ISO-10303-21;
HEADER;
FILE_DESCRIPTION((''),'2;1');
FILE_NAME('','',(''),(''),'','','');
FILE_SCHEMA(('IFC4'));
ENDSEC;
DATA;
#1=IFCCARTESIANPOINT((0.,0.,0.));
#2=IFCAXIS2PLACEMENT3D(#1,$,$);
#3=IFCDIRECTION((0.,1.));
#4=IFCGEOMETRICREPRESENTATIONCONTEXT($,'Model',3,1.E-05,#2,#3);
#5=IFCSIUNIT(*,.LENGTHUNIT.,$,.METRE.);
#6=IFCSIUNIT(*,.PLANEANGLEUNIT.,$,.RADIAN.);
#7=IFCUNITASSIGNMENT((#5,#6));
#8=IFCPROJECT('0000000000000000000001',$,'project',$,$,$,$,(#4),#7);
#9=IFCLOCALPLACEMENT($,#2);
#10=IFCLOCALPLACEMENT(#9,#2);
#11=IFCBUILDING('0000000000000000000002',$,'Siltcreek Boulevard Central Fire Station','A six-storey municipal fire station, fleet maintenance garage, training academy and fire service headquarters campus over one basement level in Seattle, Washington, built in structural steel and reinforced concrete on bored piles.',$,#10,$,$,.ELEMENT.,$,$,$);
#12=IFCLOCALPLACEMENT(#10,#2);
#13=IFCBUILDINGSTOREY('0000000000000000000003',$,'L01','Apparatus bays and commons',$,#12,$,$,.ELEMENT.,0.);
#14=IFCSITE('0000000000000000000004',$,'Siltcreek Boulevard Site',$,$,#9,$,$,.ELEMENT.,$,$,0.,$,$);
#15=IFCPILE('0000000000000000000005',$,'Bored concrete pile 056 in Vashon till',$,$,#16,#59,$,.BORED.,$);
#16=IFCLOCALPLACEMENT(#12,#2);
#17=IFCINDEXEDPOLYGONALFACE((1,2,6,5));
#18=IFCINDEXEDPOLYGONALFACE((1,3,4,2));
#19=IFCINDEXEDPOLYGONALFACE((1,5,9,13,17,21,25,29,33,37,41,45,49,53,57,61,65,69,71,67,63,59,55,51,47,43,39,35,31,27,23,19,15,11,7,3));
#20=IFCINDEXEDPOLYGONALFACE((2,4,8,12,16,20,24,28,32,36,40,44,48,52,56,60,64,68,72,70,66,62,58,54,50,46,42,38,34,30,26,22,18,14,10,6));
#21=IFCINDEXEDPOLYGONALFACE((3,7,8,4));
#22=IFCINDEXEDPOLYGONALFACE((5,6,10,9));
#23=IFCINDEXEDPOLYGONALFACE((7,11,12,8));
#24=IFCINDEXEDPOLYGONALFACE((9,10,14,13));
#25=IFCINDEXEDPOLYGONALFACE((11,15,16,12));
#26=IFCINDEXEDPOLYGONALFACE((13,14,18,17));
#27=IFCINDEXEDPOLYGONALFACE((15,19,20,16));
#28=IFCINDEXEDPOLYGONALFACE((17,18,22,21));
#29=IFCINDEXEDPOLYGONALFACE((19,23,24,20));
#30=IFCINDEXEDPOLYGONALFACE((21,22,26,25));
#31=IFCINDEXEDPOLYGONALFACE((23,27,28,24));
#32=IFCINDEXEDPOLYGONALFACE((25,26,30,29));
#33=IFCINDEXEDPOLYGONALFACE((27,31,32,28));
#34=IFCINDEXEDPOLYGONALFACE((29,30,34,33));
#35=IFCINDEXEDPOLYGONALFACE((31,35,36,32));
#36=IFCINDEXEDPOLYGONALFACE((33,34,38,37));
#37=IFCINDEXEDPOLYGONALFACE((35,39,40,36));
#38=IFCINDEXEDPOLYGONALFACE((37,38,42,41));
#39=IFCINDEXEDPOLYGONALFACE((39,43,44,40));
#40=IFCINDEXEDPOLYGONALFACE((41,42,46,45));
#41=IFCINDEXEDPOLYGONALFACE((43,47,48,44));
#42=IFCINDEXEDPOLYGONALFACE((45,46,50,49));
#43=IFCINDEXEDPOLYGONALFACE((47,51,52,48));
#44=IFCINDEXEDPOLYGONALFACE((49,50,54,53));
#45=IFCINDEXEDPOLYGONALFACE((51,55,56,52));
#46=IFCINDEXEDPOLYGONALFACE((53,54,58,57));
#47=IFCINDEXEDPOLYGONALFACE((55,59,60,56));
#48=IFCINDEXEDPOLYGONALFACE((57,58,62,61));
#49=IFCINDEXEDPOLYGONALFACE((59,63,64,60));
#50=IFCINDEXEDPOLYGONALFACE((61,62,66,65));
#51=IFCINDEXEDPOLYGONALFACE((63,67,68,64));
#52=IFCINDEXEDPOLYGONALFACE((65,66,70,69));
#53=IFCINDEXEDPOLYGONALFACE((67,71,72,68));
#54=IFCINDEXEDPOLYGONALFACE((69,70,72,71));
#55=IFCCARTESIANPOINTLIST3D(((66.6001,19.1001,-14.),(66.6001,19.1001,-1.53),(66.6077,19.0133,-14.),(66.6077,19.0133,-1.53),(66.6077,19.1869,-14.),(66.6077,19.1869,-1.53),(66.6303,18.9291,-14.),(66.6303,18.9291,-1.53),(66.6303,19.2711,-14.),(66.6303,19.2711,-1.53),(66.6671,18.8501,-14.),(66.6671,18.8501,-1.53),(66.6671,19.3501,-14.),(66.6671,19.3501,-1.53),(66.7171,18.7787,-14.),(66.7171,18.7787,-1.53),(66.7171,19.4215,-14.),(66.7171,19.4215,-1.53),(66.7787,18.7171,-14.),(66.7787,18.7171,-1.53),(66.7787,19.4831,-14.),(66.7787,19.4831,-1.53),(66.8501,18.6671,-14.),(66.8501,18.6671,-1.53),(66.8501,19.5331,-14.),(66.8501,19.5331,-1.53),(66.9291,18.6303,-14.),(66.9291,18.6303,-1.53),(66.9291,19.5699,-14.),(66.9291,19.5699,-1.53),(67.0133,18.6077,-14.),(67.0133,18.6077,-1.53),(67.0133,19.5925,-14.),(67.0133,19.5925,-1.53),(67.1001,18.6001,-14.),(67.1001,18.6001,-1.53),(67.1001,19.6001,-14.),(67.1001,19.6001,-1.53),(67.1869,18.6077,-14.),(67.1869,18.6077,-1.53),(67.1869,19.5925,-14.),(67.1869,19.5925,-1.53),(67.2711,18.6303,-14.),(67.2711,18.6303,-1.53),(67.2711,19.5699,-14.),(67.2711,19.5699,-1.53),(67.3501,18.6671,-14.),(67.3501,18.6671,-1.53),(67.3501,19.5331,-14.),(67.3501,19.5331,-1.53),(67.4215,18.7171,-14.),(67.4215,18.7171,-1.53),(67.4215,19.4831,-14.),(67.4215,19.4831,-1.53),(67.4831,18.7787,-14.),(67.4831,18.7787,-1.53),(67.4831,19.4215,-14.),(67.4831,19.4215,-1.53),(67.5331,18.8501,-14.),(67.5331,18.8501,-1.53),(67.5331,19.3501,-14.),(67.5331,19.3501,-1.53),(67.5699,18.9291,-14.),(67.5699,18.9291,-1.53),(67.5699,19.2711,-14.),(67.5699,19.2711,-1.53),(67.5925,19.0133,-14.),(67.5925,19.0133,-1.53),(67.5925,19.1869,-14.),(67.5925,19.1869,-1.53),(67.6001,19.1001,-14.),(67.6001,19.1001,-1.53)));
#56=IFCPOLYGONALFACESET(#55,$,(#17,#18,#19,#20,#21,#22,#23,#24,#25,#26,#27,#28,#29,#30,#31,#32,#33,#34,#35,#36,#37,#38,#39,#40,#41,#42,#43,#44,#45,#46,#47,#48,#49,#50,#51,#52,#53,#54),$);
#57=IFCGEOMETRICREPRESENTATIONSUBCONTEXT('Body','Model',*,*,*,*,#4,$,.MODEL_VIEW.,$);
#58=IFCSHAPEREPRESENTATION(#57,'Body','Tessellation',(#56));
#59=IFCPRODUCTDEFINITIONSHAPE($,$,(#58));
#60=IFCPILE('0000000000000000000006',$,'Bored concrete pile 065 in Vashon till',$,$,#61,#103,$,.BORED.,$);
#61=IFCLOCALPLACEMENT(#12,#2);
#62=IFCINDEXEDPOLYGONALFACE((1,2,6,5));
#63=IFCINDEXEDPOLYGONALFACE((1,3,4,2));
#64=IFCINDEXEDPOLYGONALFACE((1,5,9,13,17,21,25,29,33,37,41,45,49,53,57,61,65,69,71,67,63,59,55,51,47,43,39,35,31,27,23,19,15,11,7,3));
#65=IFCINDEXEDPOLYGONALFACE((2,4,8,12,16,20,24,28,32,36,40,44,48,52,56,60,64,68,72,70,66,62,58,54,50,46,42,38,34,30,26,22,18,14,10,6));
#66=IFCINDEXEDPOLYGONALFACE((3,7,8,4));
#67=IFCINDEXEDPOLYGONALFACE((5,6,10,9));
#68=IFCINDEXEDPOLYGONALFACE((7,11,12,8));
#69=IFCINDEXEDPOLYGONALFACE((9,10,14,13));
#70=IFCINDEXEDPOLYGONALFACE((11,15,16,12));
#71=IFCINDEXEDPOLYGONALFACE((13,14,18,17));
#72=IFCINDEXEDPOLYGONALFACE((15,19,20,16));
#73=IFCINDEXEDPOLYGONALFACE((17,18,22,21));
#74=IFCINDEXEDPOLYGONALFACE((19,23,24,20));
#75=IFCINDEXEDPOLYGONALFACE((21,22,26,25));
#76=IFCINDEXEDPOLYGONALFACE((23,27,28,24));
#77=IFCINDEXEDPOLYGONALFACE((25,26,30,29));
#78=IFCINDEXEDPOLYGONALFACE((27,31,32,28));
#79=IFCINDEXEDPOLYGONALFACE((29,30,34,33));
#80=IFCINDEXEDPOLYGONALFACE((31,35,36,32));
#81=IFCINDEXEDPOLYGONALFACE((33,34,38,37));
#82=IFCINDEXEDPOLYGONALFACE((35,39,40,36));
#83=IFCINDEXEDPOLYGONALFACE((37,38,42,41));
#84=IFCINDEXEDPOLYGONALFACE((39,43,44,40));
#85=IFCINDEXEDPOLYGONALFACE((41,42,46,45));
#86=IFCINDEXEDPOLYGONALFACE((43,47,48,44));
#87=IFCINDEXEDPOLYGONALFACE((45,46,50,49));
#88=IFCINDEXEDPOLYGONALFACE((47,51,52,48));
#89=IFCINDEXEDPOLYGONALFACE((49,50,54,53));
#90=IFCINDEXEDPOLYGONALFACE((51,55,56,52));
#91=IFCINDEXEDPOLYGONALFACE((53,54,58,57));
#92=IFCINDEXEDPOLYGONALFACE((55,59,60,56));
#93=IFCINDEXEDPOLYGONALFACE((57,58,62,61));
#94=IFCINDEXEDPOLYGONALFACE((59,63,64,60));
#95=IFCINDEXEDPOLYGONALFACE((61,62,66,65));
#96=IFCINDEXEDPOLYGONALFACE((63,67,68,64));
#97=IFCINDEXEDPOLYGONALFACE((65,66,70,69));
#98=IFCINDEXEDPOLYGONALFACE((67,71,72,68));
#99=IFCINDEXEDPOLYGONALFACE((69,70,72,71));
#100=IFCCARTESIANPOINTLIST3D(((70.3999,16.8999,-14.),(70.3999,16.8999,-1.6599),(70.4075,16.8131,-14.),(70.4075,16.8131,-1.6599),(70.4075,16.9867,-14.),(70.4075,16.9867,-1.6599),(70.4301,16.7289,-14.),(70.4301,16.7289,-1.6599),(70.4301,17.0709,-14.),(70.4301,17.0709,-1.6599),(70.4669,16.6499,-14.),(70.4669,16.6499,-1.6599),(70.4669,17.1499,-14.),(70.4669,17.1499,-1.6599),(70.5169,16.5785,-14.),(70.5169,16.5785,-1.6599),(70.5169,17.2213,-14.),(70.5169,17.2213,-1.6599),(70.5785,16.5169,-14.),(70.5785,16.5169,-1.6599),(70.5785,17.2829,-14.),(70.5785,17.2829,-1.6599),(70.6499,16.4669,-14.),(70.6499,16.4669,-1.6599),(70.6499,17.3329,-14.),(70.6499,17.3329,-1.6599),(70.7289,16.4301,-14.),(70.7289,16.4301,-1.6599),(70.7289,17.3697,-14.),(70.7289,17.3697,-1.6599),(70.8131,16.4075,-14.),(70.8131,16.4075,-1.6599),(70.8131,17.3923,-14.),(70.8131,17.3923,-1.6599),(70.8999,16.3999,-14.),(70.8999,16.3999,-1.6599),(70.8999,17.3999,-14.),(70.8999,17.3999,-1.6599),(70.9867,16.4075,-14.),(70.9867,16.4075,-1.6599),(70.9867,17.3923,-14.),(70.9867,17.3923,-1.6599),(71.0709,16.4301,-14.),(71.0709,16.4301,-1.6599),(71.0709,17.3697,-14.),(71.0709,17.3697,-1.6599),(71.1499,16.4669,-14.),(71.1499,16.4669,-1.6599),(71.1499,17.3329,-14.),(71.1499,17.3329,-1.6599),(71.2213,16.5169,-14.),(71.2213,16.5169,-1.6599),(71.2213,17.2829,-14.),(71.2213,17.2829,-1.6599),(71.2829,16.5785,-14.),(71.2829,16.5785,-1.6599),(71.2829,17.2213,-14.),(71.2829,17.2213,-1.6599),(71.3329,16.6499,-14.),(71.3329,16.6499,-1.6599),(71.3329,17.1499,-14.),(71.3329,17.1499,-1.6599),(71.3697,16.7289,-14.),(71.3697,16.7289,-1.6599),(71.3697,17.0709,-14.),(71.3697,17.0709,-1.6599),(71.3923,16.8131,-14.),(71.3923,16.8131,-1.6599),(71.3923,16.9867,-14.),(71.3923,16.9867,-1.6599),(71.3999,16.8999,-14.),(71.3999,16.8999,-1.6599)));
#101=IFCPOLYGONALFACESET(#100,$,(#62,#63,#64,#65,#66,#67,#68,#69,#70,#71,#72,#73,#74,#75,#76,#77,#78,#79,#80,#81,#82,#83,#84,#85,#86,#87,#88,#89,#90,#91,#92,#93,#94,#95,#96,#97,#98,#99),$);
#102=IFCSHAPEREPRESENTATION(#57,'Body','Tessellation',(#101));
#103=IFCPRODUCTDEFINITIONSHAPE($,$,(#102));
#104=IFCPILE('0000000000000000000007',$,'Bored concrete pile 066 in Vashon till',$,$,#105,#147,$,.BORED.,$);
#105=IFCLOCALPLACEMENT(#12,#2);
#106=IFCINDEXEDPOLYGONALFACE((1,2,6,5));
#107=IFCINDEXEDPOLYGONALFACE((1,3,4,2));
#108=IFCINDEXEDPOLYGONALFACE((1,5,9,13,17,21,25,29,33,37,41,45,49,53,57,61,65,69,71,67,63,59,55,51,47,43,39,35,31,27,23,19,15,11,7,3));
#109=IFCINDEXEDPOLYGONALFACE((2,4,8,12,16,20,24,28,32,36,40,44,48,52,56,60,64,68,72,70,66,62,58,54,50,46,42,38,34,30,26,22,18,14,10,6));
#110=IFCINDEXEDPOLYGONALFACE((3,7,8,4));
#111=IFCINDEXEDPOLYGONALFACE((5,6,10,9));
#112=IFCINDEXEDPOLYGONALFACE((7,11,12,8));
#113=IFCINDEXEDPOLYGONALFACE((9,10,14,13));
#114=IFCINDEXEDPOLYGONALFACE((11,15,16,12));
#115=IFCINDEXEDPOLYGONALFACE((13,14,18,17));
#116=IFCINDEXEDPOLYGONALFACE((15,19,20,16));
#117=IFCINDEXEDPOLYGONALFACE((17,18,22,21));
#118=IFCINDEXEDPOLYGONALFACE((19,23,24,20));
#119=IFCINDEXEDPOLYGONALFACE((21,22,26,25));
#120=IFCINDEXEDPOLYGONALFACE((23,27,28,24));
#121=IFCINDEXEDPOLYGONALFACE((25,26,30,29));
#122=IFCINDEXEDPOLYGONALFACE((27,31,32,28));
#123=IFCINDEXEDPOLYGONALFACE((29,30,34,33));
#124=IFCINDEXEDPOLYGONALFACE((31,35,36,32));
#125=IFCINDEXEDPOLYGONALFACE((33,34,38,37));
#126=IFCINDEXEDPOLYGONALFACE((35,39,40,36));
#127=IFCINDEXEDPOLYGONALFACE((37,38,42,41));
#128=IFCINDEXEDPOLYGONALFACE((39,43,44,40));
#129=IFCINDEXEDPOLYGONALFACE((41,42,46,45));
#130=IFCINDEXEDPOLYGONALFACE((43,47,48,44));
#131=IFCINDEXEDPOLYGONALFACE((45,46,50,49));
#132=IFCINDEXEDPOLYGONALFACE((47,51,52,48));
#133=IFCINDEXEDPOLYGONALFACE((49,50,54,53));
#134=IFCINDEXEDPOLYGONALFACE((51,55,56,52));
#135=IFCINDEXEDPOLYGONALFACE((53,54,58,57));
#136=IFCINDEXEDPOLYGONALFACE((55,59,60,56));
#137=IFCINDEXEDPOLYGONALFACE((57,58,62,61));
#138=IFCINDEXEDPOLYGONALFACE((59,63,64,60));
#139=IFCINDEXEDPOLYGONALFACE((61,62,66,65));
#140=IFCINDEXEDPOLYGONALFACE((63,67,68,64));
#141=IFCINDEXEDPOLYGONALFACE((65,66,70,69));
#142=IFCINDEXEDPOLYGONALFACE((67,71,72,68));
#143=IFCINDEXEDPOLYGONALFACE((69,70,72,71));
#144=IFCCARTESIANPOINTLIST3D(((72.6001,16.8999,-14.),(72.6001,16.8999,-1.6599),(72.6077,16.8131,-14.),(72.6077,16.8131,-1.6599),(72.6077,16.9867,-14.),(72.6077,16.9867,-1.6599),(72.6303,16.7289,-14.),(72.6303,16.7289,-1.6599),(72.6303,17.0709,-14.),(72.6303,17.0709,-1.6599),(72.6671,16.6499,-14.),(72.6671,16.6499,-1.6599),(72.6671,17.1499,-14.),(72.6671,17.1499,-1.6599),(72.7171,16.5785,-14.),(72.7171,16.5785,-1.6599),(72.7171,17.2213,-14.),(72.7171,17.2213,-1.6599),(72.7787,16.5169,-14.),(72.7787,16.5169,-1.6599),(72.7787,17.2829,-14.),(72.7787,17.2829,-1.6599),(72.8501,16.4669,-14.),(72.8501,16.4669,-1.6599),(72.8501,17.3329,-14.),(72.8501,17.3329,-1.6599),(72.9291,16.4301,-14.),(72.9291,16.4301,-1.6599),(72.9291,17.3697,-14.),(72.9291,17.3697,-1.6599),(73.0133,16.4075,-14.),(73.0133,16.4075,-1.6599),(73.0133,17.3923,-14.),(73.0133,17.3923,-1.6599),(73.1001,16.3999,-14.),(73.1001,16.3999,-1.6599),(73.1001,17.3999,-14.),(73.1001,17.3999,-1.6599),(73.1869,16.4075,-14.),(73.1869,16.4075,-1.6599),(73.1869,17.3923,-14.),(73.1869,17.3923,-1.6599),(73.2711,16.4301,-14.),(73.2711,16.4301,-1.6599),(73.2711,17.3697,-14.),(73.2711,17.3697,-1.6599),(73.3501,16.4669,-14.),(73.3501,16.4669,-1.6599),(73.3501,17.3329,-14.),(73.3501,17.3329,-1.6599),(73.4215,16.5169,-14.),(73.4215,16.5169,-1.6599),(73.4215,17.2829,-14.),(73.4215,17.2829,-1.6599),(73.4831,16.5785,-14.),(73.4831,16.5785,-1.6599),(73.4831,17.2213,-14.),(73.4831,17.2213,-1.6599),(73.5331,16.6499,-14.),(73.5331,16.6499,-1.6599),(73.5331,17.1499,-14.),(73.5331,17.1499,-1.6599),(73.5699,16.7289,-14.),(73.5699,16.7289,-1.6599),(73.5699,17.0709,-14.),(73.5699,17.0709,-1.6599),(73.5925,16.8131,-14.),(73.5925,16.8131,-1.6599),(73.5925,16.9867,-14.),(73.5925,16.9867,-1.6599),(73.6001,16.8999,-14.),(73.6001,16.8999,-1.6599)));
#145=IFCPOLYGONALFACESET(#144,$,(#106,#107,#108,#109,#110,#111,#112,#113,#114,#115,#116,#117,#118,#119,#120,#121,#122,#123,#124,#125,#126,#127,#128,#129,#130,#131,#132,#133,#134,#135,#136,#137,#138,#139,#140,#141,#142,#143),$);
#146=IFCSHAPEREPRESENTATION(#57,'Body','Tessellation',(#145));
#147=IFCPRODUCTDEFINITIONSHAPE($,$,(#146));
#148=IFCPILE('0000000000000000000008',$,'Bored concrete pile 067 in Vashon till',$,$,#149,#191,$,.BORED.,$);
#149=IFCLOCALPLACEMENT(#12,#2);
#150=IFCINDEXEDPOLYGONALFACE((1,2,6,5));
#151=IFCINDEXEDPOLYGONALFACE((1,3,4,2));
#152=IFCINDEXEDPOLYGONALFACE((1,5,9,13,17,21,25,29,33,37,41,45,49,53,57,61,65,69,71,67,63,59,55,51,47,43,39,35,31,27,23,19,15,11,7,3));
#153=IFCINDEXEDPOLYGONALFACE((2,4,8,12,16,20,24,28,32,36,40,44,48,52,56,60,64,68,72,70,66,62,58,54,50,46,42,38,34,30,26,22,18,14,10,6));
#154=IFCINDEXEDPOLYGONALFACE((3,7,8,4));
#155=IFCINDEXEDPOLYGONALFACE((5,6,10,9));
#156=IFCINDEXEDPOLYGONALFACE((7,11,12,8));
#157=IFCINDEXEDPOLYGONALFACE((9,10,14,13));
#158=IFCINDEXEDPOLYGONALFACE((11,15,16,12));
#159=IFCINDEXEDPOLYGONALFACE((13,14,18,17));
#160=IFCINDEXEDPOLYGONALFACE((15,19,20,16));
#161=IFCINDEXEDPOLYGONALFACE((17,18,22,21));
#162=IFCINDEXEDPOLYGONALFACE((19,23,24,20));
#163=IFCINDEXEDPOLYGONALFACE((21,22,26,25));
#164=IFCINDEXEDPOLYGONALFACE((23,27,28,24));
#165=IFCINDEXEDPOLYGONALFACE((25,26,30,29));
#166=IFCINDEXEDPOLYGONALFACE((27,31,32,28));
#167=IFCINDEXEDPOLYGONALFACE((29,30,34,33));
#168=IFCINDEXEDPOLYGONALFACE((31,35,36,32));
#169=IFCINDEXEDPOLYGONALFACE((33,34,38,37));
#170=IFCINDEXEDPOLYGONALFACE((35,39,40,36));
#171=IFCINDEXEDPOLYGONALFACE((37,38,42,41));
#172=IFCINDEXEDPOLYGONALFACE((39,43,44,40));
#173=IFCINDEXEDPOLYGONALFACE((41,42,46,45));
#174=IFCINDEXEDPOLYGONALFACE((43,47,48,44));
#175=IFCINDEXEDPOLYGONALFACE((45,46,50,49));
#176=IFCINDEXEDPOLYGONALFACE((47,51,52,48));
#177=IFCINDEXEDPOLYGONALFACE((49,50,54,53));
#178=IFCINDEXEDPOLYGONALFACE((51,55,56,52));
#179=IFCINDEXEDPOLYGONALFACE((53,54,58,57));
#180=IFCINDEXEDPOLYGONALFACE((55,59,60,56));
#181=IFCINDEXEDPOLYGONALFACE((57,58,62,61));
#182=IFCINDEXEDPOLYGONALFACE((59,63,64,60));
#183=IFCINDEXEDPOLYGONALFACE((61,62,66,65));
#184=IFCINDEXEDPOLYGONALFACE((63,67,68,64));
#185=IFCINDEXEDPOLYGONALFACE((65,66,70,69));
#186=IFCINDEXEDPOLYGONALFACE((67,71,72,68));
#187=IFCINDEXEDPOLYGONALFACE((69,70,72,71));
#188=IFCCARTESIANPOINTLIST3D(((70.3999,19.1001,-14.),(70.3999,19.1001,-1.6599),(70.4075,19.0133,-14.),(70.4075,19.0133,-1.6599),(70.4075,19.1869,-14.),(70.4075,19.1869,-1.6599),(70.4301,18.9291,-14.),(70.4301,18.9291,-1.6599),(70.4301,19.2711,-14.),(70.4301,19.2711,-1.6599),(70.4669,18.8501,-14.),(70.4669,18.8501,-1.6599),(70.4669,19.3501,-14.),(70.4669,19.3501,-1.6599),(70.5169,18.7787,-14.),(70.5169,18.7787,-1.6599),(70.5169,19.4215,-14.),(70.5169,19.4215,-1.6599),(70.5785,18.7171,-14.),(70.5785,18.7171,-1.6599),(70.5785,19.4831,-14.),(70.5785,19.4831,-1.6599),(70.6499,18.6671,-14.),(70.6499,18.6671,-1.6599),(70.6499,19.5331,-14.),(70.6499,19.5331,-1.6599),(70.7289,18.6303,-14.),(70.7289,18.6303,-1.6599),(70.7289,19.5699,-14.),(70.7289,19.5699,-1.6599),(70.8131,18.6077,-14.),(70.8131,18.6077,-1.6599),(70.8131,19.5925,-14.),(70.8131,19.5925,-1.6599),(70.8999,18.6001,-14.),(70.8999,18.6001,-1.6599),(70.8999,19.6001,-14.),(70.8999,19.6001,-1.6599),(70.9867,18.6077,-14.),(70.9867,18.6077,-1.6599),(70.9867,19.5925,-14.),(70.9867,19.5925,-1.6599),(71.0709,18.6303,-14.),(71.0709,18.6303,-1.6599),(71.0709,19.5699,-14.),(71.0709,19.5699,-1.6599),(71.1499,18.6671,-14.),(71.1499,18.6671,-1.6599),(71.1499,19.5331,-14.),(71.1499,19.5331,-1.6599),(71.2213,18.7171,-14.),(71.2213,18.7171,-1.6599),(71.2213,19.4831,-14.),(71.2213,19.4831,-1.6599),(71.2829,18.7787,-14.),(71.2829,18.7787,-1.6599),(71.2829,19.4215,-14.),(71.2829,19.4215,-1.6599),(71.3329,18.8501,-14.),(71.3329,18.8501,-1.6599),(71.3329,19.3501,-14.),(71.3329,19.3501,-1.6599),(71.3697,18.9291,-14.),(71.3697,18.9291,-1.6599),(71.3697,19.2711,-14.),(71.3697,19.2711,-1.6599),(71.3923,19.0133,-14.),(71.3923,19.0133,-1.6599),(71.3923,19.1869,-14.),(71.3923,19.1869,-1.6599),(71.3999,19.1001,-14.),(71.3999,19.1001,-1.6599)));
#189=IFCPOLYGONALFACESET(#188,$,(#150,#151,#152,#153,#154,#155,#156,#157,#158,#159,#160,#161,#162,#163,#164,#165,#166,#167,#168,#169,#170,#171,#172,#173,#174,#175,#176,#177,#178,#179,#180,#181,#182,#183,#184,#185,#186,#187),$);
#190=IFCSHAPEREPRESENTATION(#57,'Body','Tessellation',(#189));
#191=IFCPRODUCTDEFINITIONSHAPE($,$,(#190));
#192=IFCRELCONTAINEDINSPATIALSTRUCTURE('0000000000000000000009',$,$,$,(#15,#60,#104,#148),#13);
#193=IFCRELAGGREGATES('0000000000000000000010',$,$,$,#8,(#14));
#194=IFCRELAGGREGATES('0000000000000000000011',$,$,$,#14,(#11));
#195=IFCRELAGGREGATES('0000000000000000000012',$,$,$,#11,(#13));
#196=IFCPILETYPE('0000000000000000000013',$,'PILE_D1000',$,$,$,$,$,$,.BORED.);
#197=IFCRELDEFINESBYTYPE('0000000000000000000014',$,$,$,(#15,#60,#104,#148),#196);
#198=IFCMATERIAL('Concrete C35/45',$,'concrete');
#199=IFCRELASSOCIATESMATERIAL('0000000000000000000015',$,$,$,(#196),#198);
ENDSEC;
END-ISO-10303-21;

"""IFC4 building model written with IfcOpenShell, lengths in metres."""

from ifc_helpers import new_model, si_unit, direction, frame, origin, origin_2d, place, context, subcontext, project, spatial, circle, extrude, material, material_profile, profile_set, type_object, element, save


model = new_model("IFC4")

# Units and contexts
model_context = context("Model", 3, precision=1e-05, world=origin(), true_north=direction((0.0, 1.0)))
body_context = subcontext(model_context, "Body", "Model", "MODEL_VIEW")
ifc_project = project(units=[si_unit("LENGTHUNIT", "METRE"), si_unit("PLANEANGLEUNIT", "RADIAN")], contexts=[model_context])

# Site, building, storey
site_placement = place(None, origin())
site = spatial("IfcSite", under=ifc_project, at=site_placement, Name="Siltcreek Boulevard Site", CompositionType="ELEMENT", RefElevation=0.0)
building_placement = place(site_placement, origin())
building = spatial("IfcBuilding", under=site, at=building_placement, Name="Siltcreek Boulevard Central Fire Station", Description="A six-storey municipal fire station, fleet maintenance garage, training academy and fire service headquarters campus over one basement level in Seattle, Washington, built in structural steel and reinforced concrete on bored piles.", CompositionType="ELEMENT")
storey_placement = place(building_placement, origin())
storey = spatial("IfcBuildingStorey", under=building, at=storey_placement, Name="L01", Description="Apparatus bays and commons", CompositionType="ELEMENT", Elevation=0.0)

# Shared definitions
ifc_material_1 = material(Name="Concrete C35/45", Category="concrete")

# Piles
ifc_material_profile_1 = material_profile(ifc_material_1, circle(Radius=0.5, at=origin_2d()), Name="SHAFT1000")
ifc_profile_set_1 = profile_set([ifc_material_profile_1], Name="Concrete C35/45")
pile_type = type_object("IfcPileType", Name="PILE_D1000", PredefinedType="BORED", material=ifc_profile_set_1)
for number, where, z_axis, x_axis, name in (
    (1, (67.1001, 19.1001, -1.53), (0.0, 0.0, -1.0), (1.0, 0.0, 0.0), "Bored concrete pile 056 in Vashon till"),
):
    element("IfcPile", number, at=place(storey_placement, frame(where, z_axis=z_axis, x_axis=x_axis)), inside=storey, type_object=pile_type, Name=name, PredefinedType="BORED", context=body_context, shape_type="SweptSolid", body=[
        extrude(circle(Radius=0.5, at=origin_2d()), origin(), (0.0, 0.0, 1.0), 12.47),
    ])
for number, where, z_axis, x_axis, name in (
    (2, (70.8999, 16.8999, -1.6599), (0.0, 0.0, -1.0), (1.0, 0.0, 0.0), "Bored concrete pile 065 in Vashon till"),
    (3, (73.1001, 16.8999, -1.6599), (0.0, 0.0, -1.0), (1.0, 0.0, 0.0), "Bored concrete pile 066 in Vashon till"),
    (4, (70.8999, 19.1001, -1.6599), (0.0, 0.0, -1.0), (1.0, 0.0, 0.0), "Bored concrete pile 067 in Vashon till"),
):
    element("IfcPile", number, at=place(storey_placement, frame(where, z_axis=z_axis, x_axis=x_axis)), inside=storey, type_object=pile_type, Name=name, PredefinedType="BORED", context=body_context, shape_type="SweptSolid", body=[
        extrude(circle(Radius=0.5, at=origin_2d()), origin(), (0.0, 0.0, 1.0), 12.3401),
    ])

save(model, "model.ifc")
